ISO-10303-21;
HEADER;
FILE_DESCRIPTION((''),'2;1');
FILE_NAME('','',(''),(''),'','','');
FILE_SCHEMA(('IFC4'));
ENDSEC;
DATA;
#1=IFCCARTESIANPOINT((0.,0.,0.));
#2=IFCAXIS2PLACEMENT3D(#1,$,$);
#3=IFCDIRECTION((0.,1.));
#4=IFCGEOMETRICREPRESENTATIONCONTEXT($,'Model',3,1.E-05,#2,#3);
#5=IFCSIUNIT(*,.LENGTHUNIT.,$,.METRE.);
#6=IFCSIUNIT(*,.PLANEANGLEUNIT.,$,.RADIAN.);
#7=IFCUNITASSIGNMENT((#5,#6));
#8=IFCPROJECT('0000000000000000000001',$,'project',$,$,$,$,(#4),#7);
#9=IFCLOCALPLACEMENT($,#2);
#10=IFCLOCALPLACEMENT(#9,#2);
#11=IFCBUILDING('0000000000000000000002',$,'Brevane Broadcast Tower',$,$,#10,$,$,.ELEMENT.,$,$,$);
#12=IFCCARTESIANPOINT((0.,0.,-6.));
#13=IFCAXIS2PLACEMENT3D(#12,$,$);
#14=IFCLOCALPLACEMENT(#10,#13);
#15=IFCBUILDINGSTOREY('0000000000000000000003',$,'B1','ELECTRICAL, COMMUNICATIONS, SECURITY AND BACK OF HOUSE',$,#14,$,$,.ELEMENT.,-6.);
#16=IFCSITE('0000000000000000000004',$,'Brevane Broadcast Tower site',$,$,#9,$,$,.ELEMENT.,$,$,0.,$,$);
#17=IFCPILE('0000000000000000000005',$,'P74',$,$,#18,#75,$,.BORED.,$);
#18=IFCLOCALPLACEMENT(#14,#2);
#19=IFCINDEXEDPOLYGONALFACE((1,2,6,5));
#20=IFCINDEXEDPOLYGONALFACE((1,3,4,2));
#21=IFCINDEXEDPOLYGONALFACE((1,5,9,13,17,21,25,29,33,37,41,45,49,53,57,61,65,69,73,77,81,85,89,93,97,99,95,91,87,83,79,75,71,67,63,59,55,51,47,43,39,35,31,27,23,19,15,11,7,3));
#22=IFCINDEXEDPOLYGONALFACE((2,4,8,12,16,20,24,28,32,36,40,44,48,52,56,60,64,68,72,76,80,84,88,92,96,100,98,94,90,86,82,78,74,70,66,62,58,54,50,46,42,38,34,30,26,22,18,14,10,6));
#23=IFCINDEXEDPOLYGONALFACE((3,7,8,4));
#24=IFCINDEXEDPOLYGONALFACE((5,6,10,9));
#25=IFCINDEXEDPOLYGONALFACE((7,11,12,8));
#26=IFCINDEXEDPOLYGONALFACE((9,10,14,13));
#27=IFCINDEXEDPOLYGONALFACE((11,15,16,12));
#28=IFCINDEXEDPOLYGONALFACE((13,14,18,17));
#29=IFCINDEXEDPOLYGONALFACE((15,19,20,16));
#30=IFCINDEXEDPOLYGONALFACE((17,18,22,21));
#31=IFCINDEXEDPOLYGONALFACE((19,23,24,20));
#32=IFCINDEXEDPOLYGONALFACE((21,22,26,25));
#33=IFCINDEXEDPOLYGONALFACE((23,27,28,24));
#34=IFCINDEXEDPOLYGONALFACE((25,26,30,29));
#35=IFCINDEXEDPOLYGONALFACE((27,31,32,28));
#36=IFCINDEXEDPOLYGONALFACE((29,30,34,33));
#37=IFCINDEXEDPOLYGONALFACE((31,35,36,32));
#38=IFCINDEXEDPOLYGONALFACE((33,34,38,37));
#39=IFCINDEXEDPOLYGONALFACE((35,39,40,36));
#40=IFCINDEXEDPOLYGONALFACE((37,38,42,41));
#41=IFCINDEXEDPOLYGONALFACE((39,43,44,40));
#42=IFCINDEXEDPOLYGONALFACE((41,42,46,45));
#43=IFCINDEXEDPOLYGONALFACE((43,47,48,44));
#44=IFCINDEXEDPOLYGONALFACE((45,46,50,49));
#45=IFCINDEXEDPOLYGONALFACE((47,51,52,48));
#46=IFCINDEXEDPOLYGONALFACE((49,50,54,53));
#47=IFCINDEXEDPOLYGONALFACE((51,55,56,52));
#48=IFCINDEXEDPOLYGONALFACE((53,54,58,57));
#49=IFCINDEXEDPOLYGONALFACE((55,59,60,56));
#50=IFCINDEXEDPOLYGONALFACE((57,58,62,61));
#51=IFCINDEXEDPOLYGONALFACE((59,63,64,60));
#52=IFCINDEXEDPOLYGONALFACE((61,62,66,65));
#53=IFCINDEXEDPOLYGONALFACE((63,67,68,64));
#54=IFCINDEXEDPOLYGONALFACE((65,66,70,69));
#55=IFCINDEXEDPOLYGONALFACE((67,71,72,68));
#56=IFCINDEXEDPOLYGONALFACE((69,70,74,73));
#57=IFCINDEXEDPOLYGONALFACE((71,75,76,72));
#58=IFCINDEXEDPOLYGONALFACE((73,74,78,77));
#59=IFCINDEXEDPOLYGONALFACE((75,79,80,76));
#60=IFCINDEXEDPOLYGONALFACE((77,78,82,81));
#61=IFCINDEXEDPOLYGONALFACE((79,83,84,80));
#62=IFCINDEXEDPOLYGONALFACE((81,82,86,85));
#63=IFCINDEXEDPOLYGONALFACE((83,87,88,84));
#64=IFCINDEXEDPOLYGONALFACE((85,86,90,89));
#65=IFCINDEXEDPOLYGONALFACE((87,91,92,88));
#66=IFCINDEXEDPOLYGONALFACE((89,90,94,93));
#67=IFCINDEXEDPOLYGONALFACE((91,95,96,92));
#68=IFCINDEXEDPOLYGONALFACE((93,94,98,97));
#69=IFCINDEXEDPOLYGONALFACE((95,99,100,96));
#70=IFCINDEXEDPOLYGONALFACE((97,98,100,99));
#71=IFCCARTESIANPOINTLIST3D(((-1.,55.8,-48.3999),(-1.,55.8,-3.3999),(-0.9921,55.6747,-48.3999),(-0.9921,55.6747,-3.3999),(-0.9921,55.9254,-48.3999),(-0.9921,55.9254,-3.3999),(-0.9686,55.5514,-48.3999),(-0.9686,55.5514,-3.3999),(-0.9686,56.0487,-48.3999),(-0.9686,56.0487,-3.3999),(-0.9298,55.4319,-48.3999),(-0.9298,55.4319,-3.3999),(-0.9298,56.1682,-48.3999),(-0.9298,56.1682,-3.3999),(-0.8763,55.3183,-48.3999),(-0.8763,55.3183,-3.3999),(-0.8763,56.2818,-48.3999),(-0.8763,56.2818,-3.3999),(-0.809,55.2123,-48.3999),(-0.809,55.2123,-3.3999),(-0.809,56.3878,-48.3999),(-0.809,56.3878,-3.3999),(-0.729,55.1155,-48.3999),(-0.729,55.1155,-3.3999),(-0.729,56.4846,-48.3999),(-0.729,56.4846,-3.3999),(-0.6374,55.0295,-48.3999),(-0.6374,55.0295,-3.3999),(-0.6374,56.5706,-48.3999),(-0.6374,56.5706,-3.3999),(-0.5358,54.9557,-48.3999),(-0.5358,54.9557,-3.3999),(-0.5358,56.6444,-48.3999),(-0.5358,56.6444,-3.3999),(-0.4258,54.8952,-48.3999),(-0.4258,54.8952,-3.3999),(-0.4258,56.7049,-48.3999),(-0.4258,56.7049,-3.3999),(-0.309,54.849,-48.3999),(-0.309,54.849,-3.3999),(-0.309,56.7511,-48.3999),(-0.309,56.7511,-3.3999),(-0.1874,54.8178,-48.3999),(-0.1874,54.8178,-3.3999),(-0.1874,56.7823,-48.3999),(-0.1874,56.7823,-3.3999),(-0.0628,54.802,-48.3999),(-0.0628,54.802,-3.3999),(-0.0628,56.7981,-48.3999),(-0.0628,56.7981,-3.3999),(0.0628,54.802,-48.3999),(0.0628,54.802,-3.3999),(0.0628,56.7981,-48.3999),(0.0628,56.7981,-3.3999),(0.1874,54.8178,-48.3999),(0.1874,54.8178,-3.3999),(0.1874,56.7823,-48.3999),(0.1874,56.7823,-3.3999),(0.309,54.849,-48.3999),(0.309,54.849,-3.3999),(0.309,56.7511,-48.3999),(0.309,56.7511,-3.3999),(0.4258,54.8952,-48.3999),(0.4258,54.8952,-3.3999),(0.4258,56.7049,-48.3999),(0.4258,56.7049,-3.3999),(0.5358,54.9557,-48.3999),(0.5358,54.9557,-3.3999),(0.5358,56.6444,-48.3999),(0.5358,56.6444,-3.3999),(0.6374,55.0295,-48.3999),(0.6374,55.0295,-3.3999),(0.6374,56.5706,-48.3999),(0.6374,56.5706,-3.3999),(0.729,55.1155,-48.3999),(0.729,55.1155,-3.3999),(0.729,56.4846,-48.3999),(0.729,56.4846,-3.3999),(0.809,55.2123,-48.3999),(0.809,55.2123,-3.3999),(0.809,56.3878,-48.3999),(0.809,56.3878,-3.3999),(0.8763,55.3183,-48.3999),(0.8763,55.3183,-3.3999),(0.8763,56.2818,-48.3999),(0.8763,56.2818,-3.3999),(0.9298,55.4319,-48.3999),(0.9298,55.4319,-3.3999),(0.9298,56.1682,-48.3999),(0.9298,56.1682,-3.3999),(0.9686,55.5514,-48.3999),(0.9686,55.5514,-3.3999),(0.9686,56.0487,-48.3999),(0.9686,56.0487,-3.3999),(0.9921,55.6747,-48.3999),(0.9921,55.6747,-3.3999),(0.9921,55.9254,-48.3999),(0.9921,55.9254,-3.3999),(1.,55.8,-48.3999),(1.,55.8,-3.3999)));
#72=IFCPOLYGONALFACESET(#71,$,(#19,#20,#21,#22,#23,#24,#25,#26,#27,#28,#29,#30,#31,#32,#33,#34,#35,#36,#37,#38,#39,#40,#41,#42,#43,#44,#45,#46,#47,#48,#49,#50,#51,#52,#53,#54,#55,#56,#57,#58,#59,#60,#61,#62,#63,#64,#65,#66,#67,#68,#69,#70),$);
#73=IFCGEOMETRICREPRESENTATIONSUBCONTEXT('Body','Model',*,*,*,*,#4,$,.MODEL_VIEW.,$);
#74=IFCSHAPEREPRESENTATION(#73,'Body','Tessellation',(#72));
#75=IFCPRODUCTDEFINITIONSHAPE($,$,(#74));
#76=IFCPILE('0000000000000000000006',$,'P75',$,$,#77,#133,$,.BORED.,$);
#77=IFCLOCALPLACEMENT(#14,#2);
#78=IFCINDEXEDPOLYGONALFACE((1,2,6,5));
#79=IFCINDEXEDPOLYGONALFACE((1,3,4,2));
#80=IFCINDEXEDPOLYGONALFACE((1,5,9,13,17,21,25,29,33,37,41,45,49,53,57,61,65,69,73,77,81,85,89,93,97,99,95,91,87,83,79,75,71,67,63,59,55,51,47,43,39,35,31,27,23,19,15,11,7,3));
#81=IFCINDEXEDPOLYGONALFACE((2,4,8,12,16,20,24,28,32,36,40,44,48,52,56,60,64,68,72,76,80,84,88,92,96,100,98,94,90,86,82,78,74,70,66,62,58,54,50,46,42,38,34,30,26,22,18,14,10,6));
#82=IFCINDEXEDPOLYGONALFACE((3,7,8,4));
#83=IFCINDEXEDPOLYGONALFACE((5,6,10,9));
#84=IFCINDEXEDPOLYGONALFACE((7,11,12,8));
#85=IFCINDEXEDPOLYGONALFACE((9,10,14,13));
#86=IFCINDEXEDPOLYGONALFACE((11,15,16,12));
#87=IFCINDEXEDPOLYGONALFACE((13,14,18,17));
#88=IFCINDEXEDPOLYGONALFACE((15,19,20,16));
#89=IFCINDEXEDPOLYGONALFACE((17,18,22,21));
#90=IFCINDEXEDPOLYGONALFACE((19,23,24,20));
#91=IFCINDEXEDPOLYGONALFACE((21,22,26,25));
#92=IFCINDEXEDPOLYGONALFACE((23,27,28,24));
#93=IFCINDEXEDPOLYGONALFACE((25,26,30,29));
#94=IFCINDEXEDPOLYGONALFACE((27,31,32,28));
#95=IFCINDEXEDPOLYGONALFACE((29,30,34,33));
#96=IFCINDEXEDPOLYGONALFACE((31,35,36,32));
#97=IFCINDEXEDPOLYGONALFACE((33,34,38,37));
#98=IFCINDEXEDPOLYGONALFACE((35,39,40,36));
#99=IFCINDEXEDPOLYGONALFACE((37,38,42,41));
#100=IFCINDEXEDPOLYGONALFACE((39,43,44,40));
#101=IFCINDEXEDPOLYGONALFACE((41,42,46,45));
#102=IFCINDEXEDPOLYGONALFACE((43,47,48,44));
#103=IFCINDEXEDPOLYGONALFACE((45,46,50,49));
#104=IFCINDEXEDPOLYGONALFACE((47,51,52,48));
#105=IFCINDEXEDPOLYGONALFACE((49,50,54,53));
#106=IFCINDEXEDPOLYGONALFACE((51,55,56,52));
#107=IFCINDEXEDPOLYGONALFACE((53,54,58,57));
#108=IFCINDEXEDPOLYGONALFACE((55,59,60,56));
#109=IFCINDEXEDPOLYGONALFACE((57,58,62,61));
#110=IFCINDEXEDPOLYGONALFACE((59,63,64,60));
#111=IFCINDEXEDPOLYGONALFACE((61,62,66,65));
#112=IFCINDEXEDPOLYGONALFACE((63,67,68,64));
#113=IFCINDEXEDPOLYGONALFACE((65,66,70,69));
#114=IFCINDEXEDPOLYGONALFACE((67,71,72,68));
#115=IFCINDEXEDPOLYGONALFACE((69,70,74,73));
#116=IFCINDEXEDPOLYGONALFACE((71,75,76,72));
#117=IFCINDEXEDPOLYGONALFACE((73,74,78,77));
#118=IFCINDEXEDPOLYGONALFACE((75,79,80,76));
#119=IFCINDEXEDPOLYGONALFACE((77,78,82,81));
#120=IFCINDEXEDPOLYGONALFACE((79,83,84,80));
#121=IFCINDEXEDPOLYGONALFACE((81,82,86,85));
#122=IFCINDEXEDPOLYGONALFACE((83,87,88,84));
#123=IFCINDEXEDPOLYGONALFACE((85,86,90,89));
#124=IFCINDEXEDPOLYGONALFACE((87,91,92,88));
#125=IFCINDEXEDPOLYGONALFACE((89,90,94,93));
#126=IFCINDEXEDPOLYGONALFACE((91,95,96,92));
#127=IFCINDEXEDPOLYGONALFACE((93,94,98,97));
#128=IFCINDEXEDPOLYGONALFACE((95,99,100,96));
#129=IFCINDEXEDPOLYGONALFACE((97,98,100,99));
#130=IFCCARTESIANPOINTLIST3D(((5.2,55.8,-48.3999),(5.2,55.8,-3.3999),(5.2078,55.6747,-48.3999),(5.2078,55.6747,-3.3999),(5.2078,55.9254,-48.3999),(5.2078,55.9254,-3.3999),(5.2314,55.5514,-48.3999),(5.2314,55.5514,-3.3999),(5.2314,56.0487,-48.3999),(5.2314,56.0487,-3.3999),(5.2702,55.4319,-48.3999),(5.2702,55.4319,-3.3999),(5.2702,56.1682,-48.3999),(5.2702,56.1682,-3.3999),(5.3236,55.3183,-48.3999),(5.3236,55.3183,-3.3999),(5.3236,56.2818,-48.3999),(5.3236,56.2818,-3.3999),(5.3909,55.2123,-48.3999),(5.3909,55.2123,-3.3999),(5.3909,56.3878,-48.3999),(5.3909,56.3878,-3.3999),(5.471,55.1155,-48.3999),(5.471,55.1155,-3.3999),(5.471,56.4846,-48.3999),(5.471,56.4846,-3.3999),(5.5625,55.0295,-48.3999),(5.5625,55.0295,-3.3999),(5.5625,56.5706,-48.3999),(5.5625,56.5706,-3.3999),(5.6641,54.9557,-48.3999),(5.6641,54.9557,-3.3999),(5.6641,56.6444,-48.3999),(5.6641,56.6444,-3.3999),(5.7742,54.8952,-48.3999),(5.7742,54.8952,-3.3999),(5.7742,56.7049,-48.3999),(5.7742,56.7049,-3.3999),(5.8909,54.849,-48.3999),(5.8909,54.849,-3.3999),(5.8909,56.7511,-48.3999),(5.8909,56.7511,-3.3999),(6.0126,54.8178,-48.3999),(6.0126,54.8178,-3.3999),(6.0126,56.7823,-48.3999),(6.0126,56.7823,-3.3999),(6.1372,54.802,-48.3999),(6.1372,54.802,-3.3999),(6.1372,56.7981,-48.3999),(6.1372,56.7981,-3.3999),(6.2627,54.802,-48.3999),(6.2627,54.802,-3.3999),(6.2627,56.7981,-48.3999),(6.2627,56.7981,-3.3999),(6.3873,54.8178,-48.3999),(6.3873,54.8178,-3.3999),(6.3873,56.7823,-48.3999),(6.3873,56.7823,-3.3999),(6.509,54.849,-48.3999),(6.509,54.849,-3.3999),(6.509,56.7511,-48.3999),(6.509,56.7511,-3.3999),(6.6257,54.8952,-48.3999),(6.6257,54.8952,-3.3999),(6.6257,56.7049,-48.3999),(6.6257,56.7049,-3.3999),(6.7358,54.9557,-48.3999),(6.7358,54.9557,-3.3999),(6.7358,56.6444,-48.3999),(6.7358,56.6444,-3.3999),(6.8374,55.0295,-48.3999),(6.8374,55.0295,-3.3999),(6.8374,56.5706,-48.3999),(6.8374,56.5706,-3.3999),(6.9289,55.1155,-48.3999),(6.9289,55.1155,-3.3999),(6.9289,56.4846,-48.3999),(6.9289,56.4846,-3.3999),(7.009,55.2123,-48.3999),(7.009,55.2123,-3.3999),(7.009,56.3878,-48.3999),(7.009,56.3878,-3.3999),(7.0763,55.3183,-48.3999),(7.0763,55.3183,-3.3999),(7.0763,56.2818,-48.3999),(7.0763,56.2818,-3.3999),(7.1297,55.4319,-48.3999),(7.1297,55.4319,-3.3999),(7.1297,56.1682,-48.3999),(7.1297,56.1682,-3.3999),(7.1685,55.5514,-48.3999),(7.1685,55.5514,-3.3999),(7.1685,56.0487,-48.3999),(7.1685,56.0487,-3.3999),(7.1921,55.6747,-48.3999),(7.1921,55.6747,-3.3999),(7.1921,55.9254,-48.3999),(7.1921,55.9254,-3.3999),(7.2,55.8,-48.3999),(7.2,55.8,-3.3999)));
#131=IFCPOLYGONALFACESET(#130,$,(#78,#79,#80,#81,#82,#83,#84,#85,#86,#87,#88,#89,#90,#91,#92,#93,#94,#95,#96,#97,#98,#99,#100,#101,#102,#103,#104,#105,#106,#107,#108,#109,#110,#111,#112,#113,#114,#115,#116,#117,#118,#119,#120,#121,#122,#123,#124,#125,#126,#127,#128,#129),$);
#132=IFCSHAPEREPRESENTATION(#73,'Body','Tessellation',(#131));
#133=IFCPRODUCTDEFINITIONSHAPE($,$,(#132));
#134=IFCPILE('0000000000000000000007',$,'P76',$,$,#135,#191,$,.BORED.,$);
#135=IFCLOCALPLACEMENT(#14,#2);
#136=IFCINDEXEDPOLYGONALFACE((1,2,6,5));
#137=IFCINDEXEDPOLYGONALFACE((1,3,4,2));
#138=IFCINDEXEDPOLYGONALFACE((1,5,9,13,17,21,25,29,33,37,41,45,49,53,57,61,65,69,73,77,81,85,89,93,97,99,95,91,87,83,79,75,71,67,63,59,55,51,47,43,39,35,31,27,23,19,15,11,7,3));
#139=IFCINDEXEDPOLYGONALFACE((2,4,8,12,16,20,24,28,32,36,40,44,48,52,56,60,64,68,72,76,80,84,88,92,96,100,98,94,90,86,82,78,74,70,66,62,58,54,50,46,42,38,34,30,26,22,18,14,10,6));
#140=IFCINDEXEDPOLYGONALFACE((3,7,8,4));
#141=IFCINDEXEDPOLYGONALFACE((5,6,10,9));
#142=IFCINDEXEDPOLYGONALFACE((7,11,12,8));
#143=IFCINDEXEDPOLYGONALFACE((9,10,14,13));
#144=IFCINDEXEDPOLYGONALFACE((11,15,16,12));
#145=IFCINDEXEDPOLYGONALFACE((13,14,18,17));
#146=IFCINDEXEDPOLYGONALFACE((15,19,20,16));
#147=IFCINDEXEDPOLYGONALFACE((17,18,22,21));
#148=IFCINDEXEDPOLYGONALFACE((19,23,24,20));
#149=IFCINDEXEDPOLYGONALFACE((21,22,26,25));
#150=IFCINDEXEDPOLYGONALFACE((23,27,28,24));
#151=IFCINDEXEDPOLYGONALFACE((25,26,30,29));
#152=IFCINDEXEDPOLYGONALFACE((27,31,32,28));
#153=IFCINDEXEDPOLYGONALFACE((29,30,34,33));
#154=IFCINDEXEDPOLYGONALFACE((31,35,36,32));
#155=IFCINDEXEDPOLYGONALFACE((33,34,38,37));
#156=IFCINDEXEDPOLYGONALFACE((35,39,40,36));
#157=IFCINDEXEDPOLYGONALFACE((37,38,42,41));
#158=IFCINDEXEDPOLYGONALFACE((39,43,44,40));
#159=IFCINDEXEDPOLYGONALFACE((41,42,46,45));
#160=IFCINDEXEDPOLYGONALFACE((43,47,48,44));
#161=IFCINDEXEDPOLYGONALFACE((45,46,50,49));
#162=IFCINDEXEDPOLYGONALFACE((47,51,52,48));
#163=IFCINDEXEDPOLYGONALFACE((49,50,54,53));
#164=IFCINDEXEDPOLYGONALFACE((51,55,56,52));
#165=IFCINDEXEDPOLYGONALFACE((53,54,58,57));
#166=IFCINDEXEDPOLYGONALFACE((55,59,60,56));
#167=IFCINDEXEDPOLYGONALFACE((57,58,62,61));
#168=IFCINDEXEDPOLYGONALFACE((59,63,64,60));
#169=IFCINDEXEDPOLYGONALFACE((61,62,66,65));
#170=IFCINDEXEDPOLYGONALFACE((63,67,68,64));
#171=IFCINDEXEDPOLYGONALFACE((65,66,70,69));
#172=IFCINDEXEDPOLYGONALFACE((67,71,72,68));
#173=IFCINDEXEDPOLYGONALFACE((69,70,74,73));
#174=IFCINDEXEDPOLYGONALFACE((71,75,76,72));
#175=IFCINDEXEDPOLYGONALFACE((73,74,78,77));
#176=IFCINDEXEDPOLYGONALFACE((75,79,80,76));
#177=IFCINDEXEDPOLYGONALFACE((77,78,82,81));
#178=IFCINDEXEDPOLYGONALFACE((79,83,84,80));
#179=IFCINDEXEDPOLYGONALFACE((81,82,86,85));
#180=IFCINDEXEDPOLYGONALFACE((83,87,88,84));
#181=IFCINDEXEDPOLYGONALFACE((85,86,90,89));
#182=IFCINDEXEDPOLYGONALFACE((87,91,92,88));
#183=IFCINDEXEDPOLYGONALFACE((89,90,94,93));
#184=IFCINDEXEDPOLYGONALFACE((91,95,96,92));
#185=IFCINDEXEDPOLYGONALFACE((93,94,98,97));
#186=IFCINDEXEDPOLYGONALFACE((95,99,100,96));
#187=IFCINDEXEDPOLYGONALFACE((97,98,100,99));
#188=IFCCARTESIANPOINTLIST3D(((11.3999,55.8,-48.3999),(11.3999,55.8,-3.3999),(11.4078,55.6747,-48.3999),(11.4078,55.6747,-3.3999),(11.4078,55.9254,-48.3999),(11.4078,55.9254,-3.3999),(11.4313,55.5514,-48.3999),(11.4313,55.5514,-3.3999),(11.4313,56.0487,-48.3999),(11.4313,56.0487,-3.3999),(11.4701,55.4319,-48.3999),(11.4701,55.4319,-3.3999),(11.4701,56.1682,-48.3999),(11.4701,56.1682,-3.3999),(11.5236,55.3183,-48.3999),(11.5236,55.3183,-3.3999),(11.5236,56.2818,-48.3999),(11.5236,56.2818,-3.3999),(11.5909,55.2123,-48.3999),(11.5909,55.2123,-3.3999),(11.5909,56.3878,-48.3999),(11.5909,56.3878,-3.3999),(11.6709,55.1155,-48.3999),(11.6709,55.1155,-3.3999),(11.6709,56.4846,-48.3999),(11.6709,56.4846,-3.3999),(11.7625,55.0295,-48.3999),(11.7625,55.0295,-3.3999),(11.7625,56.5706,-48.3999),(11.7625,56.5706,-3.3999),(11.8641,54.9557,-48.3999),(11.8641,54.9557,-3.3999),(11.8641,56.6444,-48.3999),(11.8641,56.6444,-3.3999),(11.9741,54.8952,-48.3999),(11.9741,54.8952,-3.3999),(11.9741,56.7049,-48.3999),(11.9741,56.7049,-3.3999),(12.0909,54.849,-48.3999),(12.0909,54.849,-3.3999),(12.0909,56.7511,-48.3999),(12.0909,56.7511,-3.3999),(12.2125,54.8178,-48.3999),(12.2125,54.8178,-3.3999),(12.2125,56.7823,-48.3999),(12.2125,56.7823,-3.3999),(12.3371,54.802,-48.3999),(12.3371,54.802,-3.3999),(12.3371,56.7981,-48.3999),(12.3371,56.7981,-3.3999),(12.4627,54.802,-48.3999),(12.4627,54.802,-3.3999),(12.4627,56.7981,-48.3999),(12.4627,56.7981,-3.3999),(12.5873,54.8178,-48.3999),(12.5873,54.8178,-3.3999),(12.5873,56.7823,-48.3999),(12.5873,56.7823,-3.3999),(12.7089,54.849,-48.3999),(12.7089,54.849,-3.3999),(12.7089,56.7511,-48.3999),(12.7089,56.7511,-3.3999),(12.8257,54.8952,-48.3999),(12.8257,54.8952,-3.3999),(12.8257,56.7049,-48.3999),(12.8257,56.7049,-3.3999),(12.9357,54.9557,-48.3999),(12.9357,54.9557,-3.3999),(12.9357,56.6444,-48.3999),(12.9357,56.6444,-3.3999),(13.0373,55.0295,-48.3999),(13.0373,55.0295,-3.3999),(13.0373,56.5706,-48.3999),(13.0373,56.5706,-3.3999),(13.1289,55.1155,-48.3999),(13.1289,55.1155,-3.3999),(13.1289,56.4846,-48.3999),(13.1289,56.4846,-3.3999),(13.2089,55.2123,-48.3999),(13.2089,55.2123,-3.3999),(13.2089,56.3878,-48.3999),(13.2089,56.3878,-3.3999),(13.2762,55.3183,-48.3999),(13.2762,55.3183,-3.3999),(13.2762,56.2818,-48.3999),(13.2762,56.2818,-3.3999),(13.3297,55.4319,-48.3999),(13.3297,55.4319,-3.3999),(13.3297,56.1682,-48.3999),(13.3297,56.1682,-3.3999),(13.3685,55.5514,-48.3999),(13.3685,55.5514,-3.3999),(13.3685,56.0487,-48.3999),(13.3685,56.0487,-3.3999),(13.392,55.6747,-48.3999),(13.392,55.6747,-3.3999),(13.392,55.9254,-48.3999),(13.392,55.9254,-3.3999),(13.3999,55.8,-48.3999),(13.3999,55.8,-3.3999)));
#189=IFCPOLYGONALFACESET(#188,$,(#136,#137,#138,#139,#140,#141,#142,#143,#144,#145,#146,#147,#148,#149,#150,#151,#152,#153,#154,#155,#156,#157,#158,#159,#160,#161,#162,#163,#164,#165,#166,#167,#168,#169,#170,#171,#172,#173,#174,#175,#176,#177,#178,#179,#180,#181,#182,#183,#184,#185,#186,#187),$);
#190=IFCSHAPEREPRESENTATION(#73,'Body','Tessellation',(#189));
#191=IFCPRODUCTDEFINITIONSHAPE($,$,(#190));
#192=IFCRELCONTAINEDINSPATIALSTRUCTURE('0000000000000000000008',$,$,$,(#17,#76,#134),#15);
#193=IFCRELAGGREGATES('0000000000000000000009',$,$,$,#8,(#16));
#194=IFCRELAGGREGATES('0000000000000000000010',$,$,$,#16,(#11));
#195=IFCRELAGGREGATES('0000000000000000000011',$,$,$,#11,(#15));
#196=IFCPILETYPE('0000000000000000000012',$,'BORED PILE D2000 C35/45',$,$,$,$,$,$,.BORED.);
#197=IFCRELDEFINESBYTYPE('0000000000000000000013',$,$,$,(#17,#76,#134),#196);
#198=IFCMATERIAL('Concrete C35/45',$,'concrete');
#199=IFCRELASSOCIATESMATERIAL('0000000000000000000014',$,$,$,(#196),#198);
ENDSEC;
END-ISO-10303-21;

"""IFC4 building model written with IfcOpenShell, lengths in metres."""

from ifc_helpers import new_model, si_unit, direction, frame, origin, origin_2d, place, context, subcontext, project, spatial, circle, extrude, material, material_profile, profile_set, type_object, element, save


model = new_model("IFC4")

# Units and contexts
model_context = context("Model", 3, precision=1e-05, world=origin(), true_north=direction((0.0, 1.0)))
body_context = subcontext(model_context, "Body", "Model", "MODEL_VIEW")
ifc_project = project(units=[si_unit("LENGTHUNIT", "METRE"), si_unit("PLANEANGLEUNIT", "RADIAN")], contexts=[model_context])

# Site, building, storey
site_placement = place(None, origin())
site = spatial("IfcSite", under=ifc_project, at=site_placement, Name="Brevane Broadcast Tower site", CompositionType="ELEMENT", RefElevation=0.0)
building_placement = place(site_placement, origin())
building = spatial("IfcBuilding", under=site, at=building_placement, Name="Brevane Broadcast Tower", CompositionType="ELEMENT")
storey_placement = place(building_placement, frame((0.0, 0.0, -6.0)))
storey = spatial("IfcBuildingStorey", under=building, at=storey_placement, Name="B1", Description="ELECTRICAL, COMMUNICATIONS, SECURITY AND BACK OF HOUSE", CompositionType="ELEMENT", Elevation=-6.0)

# Piles
ifc_material_1 = material(Name="Concrete C35/45", Category="concrete")
ifc_material_profile_1 = material_profile(ifc_material_1, circle(Radius=1.0, at=origin_2d()), Name="RC D2000")
ifc_profile_set_1 = profile_set([ifc_material_profile_1], Name="Concrete C35/45")
pile_type = type_object("IfcPileType", Name="BORED PILE D2000 C35/45", PredefinedType="BORED", material=ifc_profile_set_1)
for number, where, z_axis, x_axis, name in (
    (1, (0.0, 55.8, -3.3999), (0.0, 0.0, -1.0), (1.0, 0.0, 0.0), "P74"),
    (2, (6.2, 55.8, -3.3999), (0.0, 0.0, -1.0), (1.0, 0.0, 0.0), "P75"),
    (3, (12.3999, 55.8, -3.3999), (0.0, 0.0, -1.0), (1.0, 0.0, 0.0), "P76"),
):
    element("IfcPile", number, at=place(storey_placement, frame(where, z_axis=z_axis, x_axis=x_axis)), inside=storey, type_object=pile_type, Name=name, PredefinedType="BORED", context=body_context, shape_type="SweptSolid", body=[
        extrude(circle(Radius=1.0, at=origin_2d()), origin(), (0.0, 0.0, 1.0), 45.0),
    ])

save(model, "model.ifc")
